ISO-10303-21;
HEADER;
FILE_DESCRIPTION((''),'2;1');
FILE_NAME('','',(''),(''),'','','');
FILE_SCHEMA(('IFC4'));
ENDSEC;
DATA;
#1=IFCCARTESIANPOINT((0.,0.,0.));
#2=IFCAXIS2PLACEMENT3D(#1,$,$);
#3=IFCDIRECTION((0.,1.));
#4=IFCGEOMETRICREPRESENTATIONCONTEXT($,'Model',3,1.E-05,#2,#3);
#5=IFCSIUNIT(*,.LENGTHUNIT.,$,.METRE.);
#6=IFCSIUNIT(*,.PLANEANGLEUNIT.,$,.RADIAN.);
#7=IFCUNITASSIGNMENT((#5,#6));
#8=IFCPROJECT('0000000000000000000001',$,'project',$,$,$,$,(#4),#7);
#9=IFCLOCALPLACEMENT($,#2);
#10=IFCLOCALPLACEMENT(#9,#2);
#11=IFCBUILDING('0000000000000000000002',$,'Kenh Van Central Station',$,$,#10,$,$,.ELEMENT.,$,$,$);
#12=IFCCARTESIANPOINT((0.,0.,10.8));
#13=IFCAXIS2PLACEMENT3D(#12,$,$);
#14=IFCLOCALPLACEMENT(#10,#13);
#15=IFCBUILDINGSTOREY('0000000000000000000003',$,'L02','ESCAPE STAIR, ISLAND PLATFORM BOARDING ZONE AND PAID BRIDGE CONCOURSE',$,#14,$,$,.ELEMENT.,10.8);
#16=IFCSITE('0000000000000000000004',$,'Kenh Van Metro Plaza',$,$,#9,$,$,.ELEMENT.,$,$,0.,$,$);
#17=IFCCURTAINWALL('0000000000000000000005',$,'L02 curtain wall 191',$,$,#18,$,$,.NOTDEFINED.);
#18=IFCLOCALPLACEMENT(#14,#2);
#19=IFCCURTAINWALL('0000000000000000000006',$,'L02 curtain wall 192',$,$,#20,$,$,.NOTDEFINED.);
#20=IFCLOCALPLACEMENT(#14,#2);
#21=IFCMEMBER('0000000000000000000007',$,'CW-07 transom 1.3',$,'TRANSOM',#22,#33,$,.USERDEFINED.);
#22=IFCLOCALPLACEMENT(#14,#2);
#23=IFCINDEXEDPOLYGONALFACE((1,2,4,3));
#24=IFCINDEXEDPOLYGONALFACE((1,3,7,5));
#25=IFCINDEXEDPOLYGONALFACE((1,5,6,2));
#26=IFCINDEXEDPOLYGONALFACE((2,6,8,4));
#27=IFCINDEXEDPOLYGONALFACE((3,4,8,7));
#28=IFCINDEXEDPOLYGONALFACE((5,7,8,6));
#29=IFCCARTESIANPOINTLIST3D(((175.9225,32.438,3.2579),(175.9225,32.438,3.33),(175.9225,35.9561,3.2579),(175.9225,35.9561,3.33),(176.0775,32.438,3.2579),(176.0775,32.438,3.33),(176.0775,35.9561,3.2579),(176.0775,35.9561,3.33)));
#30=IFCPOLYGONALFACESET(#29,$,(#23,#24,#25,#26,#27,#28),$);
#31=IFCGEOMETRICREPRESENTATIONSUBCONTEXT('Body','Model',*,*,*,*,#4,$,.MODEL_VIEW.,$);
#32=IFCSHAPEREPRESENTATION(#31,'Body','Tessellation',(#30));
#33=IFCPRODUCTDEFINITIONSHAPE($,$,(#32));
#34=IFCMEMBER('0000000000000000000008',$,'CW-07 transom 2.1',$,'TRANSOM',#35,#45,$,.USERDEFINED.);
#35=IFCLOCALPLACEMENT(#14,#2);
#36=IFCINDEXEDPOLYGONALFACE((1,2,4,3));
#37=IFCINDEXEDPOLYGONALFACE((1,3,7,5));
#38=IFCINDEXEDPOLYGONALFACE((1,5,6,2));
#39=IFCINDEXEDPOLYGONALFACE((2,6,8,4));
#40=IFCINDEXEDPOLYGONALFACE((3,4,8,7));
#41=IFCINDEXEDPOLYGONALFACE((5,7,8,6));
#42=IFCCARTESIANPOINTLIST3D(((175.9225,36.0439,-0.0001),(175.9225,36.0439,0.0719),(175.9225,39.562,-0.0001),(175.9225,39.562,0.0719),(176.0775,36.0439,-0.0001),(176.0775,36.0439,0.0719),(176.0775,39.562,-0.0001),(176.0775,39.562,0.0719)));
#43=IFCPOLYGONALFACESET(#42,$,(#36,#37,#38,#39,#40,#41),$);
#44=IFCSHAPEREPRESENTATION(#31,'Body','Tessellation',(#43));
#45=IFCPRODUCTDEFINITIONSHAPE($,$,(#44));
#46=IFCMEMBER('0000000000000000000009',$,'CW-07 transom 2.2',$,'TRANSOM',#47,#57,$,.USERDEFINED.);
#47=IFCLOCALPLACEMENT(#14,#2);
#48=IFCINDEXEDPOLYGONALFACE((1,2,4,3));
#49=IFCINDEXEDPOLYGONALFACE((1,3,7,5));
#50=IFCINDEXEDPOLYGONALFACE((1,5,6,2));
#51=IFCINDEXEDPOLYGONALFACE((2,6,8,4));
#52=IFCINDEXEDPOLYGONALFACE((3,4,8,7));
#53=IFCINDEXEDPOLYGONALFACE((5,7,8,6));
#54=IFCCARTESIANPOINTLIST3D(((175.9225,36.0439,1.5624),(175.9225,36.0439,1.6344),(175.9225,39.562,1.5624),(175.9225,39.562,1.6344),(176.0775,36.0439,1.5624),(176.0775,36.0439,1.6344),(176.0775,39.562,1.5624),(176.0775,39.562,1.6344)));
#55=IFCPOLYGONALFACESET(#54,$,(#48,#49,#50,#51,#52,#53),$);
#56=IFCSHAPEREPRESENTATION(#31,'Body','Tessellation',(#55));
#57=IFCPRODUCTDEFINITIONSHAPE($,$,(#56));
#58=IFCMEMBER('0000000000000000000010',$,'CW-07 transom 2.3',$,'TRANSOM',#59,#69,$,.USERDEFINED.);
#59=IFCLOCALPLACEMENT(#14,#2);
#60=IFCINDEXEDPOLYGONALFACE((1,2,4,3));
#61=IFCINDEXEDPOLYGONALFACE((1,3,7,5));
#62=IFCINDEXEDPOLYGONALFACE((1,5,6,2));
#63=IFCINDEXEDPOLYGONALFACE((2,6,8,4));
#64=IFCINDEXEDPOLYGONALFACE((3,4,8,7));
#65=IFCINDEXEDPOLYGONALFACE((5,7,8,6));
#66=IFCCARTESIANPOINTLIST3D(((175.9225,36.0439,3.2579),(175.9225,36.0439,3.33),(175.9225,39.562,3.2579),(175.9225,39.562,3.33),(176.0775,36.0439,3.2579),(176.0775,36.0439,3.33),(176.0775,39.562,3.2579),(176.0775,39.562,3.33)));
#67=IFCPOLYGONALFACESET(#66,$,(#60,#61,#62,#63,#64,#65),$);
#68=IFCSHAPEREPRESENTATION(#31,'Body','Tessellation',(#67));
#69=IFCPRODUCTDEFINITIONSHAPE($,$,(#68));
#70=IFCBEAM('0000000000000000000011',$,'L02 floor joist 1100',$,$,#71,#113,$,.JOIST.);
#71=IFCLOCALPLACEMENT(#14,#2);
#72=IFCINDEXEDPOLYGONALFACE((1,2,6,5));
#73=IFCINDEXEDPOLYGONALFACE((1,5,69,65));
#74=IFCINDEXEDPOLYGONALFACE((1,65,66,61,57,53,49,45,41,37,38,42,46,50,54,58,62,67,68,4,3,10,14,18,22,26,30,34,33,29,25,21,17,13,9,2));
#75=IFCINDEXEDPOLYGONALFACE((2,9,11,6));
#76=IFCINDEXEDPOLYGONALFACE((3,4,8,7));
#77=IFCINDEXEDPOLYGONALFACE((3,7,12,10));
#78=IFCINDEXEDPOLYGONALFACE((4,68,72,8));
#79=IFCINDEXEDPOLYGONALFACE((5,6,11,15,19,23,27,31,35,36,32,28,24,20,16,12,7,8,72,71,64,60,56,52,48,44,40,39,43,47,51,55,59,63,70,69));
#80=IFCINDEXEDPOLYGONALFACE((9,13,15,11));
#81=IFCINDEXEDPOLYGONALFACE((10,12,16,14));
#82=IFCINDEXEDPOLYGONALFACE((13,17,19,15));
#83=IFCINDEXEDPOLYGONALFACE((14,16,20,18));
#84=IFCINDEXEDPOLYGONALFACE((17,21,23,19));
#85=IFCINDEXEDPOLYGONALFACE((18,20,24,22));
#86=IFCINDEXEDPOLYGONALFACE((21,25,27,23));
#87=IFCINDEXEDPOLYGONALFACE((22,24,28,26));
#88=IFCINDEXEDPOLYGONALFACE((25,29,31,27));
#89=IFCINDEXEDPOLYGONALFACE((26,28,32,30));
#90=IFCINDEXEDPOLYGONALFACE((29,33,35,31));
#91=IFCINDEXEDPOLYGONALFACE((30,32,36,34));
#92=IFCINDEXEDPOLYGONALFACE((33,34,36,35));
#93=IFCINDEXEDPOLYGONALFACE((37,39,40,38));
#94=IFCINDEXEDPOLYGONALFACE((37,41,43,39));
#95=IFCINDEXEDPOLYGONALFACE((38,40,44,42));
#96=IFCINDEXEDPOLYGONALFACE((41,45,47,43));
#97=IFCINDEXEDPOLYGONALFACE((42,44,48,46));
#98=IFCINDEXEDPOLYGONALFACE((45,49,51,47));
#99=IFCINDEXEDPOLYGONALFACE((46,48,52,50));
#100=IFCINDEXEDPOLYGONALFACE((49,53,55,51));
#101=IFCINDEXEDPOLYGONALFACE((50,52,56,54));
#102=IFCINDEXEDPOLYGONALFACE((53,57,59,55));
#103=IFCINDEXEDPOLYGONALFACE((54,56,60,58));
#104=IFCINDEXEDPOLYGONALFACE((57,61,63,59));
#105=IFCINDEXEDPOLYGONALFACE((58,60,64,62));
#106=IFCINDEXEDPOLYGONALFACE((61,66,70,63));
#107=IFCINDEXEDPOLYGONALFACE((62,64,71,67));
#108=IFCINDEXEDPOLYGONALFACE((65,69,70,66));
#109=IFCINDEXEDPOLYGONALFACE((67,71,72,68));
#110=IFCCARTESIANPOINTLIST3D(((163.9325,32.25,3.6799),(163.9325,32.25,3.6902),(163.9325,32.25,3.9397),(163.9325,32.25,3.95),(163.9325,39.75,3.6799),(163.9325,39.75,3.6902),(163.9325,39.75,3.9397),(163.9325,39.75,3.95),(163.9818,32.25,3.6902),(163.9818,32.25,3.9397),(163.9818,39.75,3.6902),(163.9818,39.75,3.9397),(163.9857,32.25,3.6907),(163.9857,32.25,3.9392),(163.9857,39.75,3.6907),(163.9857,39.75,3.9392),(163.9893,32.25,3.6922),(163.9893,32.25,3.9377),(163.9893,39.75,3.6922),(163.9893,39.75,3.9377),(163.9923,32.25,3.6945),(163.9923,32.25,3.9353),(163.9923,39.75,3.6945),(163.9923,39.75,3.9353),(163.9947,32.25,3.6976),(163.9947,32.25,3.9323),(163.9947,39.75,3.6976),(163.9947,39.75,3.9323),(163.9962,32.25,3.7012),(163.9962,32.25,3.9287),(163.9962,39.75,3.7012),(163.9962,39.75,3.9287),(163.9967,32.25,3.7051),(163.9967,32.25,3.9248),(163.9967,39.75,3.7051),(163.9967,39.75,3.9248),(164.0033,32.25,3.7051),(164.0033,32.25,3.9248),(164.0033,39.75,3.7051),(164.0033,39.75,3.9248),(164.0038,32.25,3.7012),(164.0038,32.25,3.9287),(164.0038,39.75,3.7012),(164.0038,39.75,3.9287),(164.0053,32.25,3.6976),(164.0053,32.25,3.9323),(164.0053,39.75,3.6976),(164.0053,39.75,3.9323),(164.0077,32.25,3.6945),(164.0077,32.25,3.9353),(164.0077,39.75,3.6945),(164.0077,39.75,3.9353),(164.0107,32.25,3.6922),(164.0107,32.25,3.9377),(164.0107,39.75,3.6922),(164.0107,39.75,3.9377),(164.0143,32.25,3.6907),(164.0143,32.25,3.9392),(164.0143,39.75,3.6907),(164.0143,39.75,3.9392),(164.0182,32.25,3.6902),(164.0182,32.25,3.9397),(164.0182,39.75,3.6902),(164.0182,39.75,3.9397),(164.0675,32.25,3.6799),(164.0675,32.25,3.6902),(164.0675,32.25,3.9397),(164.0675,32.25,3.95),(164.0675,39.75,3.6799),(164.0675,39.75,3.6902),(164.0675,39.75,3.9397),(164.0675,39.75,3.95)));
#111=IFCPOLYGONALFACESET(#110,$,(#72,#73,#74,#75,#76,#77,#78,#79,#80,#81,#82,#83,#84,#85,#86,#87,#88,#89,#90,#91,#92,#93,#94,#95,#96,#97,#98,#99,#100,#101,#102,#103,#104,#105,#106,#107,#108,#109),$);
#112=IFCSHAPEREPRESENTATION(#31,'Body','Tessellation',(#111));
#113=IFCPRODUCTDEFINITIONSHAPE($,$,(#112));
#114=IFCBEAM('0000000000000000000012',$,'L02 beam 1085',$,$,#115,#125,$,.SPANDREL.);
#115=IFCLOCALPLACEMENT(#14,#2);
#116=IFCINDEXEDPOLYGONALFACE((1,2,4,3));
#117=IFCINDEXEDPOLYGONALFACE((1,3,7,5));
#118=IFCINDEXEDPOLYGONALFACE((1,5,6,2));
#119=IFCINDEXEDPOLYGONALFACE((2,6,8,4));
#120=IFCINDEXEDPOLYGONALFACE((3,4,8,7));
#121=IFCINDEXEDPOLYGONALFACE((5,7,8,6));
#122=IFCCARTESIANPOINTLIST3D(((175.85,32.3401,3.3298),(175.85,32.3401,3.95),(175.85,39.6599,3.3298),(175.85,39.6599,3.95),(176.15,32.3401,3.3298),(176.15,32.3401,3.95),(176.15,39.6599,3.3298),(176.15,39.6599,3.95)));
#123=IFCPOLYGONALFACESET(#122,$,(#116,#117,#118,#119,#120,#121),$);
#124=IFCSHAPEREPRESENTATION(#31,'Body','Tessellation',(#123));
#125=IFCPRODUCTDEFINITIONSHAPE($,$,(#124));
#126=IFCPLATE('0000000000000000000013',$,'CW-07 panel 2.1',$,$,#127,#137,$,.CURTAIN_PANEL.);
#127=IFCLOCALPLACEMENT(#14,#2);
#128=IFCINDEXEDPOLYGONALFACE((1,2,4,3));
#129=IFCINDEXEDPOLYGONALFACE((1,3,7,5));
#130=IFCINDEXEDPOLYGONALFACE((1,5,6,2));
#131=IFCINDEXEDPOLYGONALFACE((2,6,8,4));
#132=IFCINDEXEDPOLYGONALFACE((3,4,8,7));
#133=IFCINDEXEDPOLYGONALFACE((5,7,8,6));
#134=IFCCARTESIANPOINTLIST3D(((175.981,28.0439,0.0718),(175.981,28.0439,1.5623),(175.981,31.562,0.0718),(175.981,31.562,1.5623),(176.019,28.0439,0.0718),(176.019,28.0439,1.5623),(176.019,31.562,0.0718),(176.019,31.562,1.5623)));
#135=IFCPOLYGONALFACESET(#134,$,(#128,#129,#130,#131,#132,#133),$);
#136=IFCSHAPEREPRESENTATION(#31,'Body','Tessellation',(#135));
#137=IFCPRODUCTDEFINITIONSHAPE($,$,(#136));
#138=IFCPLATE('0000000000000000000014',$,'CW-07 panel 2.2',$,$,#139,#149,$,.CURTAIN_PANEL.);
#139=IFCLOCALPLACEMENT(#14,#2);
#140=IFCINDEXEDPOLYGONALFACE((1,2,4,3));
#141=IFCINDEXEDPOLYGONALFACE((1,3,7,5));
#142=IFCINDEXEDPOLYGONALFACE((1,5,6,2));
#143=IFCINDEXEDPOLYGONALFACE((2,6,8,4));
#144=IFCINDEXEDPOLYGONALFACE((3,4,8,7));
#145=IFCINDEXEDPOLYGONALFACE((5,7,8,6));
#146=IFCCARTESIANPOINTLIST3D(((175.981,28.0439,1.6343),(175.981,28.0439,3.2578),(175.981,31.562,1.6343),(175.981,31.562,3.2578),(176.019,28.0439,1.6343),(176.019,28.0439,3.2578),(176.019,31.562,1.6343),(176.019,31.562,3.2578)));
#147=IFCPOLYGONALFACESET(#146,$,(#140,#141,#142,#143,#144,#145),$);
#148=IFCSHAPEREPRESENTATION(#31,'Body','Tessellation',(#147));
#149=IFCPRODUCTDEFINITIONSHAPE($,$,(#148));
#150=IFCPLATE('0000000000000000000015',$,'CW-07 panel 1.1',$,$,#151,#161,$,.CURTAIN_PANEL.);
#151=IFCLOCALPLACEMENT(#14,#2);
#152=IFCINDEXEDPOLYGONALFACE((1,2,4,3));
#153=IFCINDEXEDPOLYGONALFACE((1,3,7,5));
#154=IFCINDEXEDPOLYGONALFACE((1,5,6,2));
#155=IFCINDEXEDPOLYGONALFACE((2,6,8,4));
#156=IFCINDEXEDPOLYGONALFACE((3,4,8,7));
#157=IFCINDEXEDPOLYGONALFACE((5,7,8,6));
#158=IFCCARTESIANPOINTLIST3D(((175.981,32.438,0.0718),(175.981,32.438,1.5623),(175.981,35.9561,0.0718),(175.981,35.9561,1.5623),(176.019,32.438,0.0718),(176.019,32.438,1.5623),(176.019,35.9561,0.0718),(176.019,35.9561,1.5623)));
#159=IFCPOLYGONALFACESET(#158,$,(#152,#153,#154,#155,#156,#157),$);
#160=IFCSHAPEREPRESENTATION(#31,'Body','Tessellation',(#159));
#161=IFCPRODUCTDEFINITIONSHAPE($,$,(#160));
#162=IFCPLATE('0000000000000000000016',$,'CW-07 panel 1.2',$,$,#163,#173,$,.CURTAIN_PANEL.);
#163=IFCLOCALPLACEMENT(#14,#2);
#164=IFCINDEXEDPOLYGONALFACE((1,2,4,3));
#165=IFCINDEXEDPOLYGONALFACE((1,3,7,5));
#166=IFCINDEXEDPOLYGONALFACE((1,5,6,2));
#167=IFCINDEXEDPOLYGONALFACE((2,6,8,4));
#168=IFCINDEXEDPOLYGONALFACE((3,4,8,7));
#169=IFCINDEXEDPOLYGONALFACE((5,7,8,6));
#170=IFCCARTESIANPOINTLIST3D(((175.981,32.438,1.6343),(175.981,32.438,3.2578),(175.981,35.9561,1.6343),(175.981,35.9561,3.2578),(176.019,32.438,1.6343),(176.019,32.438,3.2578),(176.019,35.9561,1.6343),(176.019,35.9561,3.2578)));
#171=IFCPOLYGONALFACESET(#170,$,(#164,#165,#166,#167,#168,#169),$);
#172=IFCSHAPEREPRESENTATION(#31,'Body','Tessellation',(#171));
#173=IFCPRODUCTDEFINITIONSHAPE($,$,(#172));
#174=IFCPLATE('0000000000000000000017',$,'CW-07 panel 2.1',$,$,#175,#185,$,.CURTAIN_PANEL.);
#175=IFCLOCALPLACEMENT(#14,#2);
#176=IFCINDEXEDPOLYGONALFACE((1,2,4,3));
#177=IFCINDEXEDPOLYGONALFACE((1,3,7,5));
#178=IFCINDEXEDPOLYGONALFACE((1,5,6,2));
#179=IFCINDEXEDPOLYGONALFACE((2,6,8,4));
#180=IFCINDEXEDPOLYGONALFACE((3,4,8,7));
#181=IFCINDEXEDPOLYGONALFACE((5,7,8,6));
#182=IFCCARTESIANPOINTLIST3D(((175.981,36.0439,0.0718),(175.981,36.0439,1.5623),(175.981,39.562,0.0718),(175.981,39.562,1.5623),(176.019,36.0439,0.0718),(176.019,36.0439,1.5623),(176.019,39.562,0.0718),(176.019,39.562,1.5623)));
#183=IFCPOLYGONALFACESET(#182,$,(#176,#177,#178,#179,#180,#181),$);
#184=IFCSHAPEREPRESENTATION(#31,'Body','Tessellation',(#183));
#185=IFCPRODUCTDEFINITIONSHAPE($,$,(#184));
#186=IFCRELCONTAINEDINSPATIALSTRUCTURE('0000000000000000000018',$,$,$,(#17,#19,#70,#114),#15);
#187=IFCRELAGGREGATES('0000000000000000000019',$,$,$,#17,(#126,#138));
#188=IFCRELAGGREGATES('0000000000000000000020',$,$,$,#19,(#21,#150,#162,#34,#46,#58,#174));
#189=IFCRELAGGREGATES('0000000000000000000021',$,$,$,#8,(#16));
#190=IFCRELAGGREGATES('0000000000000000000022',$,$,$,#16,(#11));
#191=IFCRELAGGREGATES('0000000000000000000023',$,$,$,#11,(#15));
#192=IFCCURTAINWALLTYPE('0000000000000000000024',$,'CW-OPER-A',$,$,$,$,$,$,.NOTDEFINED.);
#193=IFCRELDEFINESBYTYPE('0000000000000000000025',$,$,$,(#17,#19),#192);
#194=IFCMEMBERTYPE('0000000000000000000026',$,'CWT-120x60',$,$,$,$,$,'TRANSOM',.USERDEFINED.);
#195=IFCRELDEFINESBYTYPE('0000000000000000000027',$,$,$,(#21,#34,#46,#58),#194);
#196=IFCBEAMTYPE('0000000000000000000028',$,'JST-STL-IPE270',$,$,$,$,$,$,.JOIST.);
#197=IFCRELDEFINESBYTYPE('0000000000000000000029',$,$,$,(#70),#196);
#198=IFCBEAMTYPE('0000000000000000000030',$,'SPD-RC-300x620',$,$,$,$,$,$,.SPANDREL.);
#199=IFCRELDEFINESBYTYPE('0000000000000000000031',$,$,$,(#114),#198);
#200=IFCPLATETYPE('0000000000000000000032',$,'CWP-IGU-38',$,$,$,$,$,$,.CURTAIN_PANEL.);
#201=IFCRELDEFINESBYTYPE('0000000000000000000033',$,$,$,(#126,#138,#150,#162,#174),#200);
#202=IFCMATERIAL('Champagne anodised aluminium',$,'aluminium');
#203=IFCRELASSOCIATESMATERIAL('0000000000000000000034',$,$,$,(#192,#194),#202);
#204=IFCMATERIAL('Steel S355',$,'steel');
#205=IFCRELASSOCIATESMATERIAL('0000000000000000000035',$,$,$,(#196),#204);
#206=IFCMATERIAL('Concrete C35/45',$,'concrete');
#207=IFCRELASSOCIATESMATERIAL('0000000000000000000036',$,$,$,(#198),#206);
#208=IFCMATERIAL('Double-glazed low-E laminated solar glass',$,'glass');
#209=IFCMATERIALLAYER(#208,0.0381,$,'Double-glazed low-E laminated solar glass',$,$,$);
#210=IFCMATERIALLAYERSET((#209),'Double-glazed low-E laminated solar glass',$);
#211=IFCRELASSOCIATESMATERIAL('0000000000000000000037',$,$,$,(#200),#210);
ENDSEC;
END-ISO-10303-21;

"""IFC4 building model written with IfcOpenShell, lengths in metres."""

from ifc_helpers import new_model, si_unit, direction, frame, origin, origin_2d, place, context, subcontext, project, spatial, rectangle, i_section, extrude, material, layer, layer_set, material_profile, profile_set, type_object, element, aggregate, save


model = new_model("IFC4")

# Units and contexts
model_context = context("Model", 3, precision=1e-05, world=origin(), true_north=direction((0.0, 1.0)))
body_context = subcontext(model_context, "Body", "Model", "MODEL_VIEW")
ifc_project = project(units=[si_unit("LENGTHUNIT", "METRE"), si_unit("PLANEANGLEUNIT", "RADIAN")], contexts=[model_context])

# Site, building, storey
site_placement = place(None, origin())
site = spatial("IfcSite", under=ifc_project, at=site_placement, Name="Kenh Van Metro Plaza", CompositionType="ELEMENT", RefElevation=0.0)
building_placement = place(site_placement, origin())
building = spatial("IfcBuilding", under=site, at=building_placement, Name="Kenh Van Central Station", CompositionType="ELEMENT")
storey_placement = place(building_placement, frame((0.0, 0.0, 10.8)))
storey = spatial("IfcBuildingStorey", under=building, at=storey_placement, Name="L02", Description="ESCAPE STAIR, ISLAND PLATFORM BOARDING ZONE AND PAID BRIDGE CONCOURSE", CompositionType="ELEMENT", Elevation=10.8)

# Shared definitions
ifc_material_1 = material(Name="Concrete C35/45", Category="concrete")

# Curtain wall
ifc_material_2 = material(Name="Champagne anodised aluminium", Category="aluminium")
curtain_wall_type = type_object("IfcCurtainWallType", Name="CW-OPER-A", PredefinedType="NOTDEFINED", material=ifc_material_2)
curtain_wall_1_placement = place(storey_placement, origin())
curtain_wall_1 = element("IfcCurtainWall", 1, at=curtain_wall_1_placement, inside=storey, type_object=curtain_wall_type, Name="L02 curtain wall 191", PredefinedType="NOTDEFINED")

# Curtain wall
curtain_wall_2_placement = place(storey_placement, origin())
curtain_wall_2 = element("IfcCurtainWall", 2, at=curtain_wall_2_placement, inside=storey, type_object=curtain_wall_type, Name="L02 curtain wall 192", PredefinedType="NOTDEFINED")

# Members
ifc_material_profile_1 = material_profile(ifc_material_2, rectangle(XDim=0.155, YDim=0.072, at=origin_2d()), Name="AL 155x72")
ifc_profile_set_1 = profile_set([ifc_material_profile_1], Name="Champagne anodised aluminium")
member_type_1 = type_object("IfcMemberType", Name="CWT-120x60", ElementType="TRANSOM", PredefinedType="USERDEFINED", material=ifc_profile_set_1)
member_1_placement = place(storey_placement, frame((176.0, 32.438, 3.2939), z_axis=(0.0, 1.0, 0.0), x_axis=(-1.0, 0.0, 0.0)))
member_1 = element("IfcMember", 3, at=member_1_placement, type_object=member_type_1, Name="CW-07 transom 1.3", ObjectType="TRANSOM", PredefinedType="USERDEFINED", context=body_context, shape_type="SweptSolid", body=[
    extrude(rectangle(XDim=0.155, YDim=0.072, at=origin_2d()), origin(), (0.0, 0.0, 1.0), 3.5181),
])
member_2_placement = place(storey_placement, frame((176.0, 36.0439, 0.0359), z_axis=(0.0, 1.0, 0.0), x_axis=(-1.0, 0.0, 0.0)))
member_2 = element("IfcMember", 4, at=member_2_placement, type_object=member_type_1, Name="CW-07 transom 2.1", ObjectType="TRANSOM", PredefinedType="USERDEFINED", context=body_context, shape_type="SweptSolid", body=[
    extrude(rectangle(XDim=0.155, YDim=0.072, at=origin_2d()), origin(), (0.0, 0.0, 1.0), 3.5181),
])
member_3_placement = place(storey_placement, frame((176.0, 36.0439, 1.5984), z_axis=(0.0, 1.0, 0.0), x_axis=(-1.0, 0.0, 0.0)))
member_3 = element("IfcMember", 5, at=member_3_placement, type_object=member_type_1, Name="CW-07 transom 2.2", ObjectType="TRANSOM", PredefinedType="USERDEFINED", context=body_context, shape_type="SweptSolid", body=[
    extrude(rectangle(XDim=0.155, YDim=0.072, at=origin_2d()), origin(), (0.0, 0.0, 1.0), 3.5181),
])
member_4_placement = place(storey_placement, frame((176.0, 36.0439, 3.2939), z_axis=(0.0, 1.0, 0.0), x_axis=(-1.0, 0.0, 0.0)))
member_4 = element("IfcMember", 6, at=member_4_placement, type_object=member_type_1, Name="CW-07 transom 2.3", ObjectType="TRANSOM", PredefinedType="USERDEFINED", context=body_context, shape_type="SweptSolid", body=[
    extrude(rectangle(XDim=0.155, YDim=0.072, at=origin_2d()), origin(), (0.0, 0.0, 1.0), 3.5181),
])

# Beams
ifc_material_3 = material(Name="Steel S355", Category="steel")
ifc_material_profile_2 = material_profile(ifc_material_3, i_section(OverallWidth=0.135, OverallDepth=0.27, WebThickness=0.0066, FlangeThickness=0.0103, FilletRadius=0.0149, at=origin_2d()), Name="IPE 270")
ifc_profile_set_2 = profile_set([ifc_material_profile_2], Name="Steel S355")
beam_type_1 = type_object("IfcBeamType", Name="JST-STL-IPE270", PredefinedType="JOIST", material=ifc_profile_set_2)
beam_1_placement = place(storey_placement, frame((164.0, 32.25, 3.8149), z_axis=(0.0, 1.0, 0.0), x_axis=(-1.0, 0.0, 0.0)))
element("IfcBeam", 7, at=beam_1_placement, inside=storey, type_object=beam_type_1, Name="L02 floor joist 1100", PredefinedType="JOIST", context=body_context, shape_type="SweptSolid", body=[
    extrude(i_section(OverallWidth=0.135, OverallDepth=0.27, WebThickness=0.0066, FlangeThickness=0.0103, FilletRadius=0.0149, at=origin_2d()), origin(), (0.0, 0.0, 1.0), 7.5),
])
ifc_material_profile_3 = material_profile(ifc_material_1, rectangle(XDim=0.3, YDim=0.6201, at=origin_2d()), Name="RC 300x620")
ifc_profile_set_3 = profile_set([ifc_material_profile_3], Name="Concrete C35/45")
beam_type_2 = type_object("IfcBeamType", Name="SPD-RC-300x620", PredefinedType="SPANDREL", material=ifc_profile_set_3)
beam_2_placement = place(storey_placement, frame((176.0, 32.3401, 3.6399), z_axis=(0.0, 1.0, 0.0), x_axis=(-1.0, 0.0, 0.0)))
element("IfcBeam", 8, at=beam_2_placement, inside=storey, type_object=beam_type_2, Name="L02 beam 1085", PredefinedType="SPANDREL", context=body_context, shape_type="SweptSolid", body=[
    extrude(rectangle(XDim=0.3, YDim=0.6201, at=origin_2d()), origin(), (0.0, 0.0, 1.0), 7.3198),
])

# Plates
ifc_material_4 = material(Name="Double-glazed low-E laminated solar glass", Category="glass")
ifc_layer = layer(ifc_material_4, 0.0381, Name="Double-glazed low-E laminated solar glass")
ifc_layer_set = layer_set([ifc_layer], Name="Double-glazed low-E laminated solar glass")
plate_type = type_object("IfcPlateType", Name="CWP-IGU-38", PredefinedType="CURTAIN_PANEL", material=ifc_layer_set)
plate_1_placement = place(storey_placement, frame((176.0, 29.803, 0.0718), z_axis=(0.0, 0.0, 1.0), x_axis=(0.0, 1.0, 0.0)))
plate_1 = element("IfcPlate", 9, at=plate_1_placement, type_object=plate_type, Name="CW-07 panel 2.1", PredefinedType="CURTAIN_PANEL", context=body_context, shape_type="SweptSolid", body=[
    extrude(rectangle(XDim=3.5181, YDim=0.0381, at=origin_2d()), origin(), (0.0, 0.0, 1.0), 1.4905),
])
plate_2_placement = place(storey_placement, frame((176.0, 29.803, 1.6343), z_axis=(0.0, 0.0, 1.0), x_axis=(0.0, 1.0, 0.0)))
plate_2 = element("IfcPlate", 10, at=plate_2_placement, type_object=plate_type, Name="CW-07 panel 2.2", PredefinedType="CURTAIN_PANEL", context=body_context, shape_type="SweptSolid", body=[
    extrude(rectangle(XDim=3.5181, YDim=0.0381, at=origin_2d()), origin(), (0.0, 0.0, 1.0), 1.6235),
])
aggregate(curtain_wall_1, [plate_1, plate_2])
plate_3_placement = place(storey_placement, frame((176.0, 34.197, 0.0718), z_axis=(0.0, 0.0, 1.0), x_axis=(0.0, 1.0, 0.0)))
plate_3 = element("IfcPlate", 11, at=plate_3_placement, type_object=plate_type, Name="CW-07 panel 1.1", PredefinedType="CURTAIN_PANEL", context=body_context, shape_type="SweptSolid", body=[
    extrude(rectangle(XDim=3.5181, YDim=0.0381, at=origin_2d()), origin(), (0.0, 0.0, 1.0), 1.4905),
])
plate_4_placement = place(storey_placement, frame((176.0, 34.197, 1.6343), z_axis=(0.0, 0.0, 1.0), x_axis=(0.0, 1.0, 0.0)))
plate_4 = element("IfcPlate", 12, at=plate_4_placement, type_object=plate_type, Name="CW-07 panel 1.2", PredefinedType="CURTAIN_PANEL", context=body_context, shape_type="SweptSolid", body=[
    extrude(rectangle(XDim=3.5181, YDim=0.0381, at=origin_2d()), origin(), (0.0, 0.0, 1.0), 1.6235),
])
plate_5_placement = place(storey_placement, frame((176.0, 37.803, 0.0718), z_axis=(0.0, 0.0, 1.0), x_axis=(0.0, 1.0, 0.0)))
plate_5 = element("IfcPlate", 13, at=plate_5_placement, type_object=plate_type, Name="CW-07 panel 2.1", PredefinedType="CURTAIN_PANEL", context=body_context, shape_type="SweptSolid", body=[
    extrude(rectangle(XDim=3.5181, YDim=0.0381, at=origin_2d()), origin(), (0.0, 0.0, 1.0), 1.4905),
])
aggregate(curtain_wall_2, [member_1, plate_3, plate_4, member_2, member_3, member_4, plate_5])

save(model, "model.ifc")
